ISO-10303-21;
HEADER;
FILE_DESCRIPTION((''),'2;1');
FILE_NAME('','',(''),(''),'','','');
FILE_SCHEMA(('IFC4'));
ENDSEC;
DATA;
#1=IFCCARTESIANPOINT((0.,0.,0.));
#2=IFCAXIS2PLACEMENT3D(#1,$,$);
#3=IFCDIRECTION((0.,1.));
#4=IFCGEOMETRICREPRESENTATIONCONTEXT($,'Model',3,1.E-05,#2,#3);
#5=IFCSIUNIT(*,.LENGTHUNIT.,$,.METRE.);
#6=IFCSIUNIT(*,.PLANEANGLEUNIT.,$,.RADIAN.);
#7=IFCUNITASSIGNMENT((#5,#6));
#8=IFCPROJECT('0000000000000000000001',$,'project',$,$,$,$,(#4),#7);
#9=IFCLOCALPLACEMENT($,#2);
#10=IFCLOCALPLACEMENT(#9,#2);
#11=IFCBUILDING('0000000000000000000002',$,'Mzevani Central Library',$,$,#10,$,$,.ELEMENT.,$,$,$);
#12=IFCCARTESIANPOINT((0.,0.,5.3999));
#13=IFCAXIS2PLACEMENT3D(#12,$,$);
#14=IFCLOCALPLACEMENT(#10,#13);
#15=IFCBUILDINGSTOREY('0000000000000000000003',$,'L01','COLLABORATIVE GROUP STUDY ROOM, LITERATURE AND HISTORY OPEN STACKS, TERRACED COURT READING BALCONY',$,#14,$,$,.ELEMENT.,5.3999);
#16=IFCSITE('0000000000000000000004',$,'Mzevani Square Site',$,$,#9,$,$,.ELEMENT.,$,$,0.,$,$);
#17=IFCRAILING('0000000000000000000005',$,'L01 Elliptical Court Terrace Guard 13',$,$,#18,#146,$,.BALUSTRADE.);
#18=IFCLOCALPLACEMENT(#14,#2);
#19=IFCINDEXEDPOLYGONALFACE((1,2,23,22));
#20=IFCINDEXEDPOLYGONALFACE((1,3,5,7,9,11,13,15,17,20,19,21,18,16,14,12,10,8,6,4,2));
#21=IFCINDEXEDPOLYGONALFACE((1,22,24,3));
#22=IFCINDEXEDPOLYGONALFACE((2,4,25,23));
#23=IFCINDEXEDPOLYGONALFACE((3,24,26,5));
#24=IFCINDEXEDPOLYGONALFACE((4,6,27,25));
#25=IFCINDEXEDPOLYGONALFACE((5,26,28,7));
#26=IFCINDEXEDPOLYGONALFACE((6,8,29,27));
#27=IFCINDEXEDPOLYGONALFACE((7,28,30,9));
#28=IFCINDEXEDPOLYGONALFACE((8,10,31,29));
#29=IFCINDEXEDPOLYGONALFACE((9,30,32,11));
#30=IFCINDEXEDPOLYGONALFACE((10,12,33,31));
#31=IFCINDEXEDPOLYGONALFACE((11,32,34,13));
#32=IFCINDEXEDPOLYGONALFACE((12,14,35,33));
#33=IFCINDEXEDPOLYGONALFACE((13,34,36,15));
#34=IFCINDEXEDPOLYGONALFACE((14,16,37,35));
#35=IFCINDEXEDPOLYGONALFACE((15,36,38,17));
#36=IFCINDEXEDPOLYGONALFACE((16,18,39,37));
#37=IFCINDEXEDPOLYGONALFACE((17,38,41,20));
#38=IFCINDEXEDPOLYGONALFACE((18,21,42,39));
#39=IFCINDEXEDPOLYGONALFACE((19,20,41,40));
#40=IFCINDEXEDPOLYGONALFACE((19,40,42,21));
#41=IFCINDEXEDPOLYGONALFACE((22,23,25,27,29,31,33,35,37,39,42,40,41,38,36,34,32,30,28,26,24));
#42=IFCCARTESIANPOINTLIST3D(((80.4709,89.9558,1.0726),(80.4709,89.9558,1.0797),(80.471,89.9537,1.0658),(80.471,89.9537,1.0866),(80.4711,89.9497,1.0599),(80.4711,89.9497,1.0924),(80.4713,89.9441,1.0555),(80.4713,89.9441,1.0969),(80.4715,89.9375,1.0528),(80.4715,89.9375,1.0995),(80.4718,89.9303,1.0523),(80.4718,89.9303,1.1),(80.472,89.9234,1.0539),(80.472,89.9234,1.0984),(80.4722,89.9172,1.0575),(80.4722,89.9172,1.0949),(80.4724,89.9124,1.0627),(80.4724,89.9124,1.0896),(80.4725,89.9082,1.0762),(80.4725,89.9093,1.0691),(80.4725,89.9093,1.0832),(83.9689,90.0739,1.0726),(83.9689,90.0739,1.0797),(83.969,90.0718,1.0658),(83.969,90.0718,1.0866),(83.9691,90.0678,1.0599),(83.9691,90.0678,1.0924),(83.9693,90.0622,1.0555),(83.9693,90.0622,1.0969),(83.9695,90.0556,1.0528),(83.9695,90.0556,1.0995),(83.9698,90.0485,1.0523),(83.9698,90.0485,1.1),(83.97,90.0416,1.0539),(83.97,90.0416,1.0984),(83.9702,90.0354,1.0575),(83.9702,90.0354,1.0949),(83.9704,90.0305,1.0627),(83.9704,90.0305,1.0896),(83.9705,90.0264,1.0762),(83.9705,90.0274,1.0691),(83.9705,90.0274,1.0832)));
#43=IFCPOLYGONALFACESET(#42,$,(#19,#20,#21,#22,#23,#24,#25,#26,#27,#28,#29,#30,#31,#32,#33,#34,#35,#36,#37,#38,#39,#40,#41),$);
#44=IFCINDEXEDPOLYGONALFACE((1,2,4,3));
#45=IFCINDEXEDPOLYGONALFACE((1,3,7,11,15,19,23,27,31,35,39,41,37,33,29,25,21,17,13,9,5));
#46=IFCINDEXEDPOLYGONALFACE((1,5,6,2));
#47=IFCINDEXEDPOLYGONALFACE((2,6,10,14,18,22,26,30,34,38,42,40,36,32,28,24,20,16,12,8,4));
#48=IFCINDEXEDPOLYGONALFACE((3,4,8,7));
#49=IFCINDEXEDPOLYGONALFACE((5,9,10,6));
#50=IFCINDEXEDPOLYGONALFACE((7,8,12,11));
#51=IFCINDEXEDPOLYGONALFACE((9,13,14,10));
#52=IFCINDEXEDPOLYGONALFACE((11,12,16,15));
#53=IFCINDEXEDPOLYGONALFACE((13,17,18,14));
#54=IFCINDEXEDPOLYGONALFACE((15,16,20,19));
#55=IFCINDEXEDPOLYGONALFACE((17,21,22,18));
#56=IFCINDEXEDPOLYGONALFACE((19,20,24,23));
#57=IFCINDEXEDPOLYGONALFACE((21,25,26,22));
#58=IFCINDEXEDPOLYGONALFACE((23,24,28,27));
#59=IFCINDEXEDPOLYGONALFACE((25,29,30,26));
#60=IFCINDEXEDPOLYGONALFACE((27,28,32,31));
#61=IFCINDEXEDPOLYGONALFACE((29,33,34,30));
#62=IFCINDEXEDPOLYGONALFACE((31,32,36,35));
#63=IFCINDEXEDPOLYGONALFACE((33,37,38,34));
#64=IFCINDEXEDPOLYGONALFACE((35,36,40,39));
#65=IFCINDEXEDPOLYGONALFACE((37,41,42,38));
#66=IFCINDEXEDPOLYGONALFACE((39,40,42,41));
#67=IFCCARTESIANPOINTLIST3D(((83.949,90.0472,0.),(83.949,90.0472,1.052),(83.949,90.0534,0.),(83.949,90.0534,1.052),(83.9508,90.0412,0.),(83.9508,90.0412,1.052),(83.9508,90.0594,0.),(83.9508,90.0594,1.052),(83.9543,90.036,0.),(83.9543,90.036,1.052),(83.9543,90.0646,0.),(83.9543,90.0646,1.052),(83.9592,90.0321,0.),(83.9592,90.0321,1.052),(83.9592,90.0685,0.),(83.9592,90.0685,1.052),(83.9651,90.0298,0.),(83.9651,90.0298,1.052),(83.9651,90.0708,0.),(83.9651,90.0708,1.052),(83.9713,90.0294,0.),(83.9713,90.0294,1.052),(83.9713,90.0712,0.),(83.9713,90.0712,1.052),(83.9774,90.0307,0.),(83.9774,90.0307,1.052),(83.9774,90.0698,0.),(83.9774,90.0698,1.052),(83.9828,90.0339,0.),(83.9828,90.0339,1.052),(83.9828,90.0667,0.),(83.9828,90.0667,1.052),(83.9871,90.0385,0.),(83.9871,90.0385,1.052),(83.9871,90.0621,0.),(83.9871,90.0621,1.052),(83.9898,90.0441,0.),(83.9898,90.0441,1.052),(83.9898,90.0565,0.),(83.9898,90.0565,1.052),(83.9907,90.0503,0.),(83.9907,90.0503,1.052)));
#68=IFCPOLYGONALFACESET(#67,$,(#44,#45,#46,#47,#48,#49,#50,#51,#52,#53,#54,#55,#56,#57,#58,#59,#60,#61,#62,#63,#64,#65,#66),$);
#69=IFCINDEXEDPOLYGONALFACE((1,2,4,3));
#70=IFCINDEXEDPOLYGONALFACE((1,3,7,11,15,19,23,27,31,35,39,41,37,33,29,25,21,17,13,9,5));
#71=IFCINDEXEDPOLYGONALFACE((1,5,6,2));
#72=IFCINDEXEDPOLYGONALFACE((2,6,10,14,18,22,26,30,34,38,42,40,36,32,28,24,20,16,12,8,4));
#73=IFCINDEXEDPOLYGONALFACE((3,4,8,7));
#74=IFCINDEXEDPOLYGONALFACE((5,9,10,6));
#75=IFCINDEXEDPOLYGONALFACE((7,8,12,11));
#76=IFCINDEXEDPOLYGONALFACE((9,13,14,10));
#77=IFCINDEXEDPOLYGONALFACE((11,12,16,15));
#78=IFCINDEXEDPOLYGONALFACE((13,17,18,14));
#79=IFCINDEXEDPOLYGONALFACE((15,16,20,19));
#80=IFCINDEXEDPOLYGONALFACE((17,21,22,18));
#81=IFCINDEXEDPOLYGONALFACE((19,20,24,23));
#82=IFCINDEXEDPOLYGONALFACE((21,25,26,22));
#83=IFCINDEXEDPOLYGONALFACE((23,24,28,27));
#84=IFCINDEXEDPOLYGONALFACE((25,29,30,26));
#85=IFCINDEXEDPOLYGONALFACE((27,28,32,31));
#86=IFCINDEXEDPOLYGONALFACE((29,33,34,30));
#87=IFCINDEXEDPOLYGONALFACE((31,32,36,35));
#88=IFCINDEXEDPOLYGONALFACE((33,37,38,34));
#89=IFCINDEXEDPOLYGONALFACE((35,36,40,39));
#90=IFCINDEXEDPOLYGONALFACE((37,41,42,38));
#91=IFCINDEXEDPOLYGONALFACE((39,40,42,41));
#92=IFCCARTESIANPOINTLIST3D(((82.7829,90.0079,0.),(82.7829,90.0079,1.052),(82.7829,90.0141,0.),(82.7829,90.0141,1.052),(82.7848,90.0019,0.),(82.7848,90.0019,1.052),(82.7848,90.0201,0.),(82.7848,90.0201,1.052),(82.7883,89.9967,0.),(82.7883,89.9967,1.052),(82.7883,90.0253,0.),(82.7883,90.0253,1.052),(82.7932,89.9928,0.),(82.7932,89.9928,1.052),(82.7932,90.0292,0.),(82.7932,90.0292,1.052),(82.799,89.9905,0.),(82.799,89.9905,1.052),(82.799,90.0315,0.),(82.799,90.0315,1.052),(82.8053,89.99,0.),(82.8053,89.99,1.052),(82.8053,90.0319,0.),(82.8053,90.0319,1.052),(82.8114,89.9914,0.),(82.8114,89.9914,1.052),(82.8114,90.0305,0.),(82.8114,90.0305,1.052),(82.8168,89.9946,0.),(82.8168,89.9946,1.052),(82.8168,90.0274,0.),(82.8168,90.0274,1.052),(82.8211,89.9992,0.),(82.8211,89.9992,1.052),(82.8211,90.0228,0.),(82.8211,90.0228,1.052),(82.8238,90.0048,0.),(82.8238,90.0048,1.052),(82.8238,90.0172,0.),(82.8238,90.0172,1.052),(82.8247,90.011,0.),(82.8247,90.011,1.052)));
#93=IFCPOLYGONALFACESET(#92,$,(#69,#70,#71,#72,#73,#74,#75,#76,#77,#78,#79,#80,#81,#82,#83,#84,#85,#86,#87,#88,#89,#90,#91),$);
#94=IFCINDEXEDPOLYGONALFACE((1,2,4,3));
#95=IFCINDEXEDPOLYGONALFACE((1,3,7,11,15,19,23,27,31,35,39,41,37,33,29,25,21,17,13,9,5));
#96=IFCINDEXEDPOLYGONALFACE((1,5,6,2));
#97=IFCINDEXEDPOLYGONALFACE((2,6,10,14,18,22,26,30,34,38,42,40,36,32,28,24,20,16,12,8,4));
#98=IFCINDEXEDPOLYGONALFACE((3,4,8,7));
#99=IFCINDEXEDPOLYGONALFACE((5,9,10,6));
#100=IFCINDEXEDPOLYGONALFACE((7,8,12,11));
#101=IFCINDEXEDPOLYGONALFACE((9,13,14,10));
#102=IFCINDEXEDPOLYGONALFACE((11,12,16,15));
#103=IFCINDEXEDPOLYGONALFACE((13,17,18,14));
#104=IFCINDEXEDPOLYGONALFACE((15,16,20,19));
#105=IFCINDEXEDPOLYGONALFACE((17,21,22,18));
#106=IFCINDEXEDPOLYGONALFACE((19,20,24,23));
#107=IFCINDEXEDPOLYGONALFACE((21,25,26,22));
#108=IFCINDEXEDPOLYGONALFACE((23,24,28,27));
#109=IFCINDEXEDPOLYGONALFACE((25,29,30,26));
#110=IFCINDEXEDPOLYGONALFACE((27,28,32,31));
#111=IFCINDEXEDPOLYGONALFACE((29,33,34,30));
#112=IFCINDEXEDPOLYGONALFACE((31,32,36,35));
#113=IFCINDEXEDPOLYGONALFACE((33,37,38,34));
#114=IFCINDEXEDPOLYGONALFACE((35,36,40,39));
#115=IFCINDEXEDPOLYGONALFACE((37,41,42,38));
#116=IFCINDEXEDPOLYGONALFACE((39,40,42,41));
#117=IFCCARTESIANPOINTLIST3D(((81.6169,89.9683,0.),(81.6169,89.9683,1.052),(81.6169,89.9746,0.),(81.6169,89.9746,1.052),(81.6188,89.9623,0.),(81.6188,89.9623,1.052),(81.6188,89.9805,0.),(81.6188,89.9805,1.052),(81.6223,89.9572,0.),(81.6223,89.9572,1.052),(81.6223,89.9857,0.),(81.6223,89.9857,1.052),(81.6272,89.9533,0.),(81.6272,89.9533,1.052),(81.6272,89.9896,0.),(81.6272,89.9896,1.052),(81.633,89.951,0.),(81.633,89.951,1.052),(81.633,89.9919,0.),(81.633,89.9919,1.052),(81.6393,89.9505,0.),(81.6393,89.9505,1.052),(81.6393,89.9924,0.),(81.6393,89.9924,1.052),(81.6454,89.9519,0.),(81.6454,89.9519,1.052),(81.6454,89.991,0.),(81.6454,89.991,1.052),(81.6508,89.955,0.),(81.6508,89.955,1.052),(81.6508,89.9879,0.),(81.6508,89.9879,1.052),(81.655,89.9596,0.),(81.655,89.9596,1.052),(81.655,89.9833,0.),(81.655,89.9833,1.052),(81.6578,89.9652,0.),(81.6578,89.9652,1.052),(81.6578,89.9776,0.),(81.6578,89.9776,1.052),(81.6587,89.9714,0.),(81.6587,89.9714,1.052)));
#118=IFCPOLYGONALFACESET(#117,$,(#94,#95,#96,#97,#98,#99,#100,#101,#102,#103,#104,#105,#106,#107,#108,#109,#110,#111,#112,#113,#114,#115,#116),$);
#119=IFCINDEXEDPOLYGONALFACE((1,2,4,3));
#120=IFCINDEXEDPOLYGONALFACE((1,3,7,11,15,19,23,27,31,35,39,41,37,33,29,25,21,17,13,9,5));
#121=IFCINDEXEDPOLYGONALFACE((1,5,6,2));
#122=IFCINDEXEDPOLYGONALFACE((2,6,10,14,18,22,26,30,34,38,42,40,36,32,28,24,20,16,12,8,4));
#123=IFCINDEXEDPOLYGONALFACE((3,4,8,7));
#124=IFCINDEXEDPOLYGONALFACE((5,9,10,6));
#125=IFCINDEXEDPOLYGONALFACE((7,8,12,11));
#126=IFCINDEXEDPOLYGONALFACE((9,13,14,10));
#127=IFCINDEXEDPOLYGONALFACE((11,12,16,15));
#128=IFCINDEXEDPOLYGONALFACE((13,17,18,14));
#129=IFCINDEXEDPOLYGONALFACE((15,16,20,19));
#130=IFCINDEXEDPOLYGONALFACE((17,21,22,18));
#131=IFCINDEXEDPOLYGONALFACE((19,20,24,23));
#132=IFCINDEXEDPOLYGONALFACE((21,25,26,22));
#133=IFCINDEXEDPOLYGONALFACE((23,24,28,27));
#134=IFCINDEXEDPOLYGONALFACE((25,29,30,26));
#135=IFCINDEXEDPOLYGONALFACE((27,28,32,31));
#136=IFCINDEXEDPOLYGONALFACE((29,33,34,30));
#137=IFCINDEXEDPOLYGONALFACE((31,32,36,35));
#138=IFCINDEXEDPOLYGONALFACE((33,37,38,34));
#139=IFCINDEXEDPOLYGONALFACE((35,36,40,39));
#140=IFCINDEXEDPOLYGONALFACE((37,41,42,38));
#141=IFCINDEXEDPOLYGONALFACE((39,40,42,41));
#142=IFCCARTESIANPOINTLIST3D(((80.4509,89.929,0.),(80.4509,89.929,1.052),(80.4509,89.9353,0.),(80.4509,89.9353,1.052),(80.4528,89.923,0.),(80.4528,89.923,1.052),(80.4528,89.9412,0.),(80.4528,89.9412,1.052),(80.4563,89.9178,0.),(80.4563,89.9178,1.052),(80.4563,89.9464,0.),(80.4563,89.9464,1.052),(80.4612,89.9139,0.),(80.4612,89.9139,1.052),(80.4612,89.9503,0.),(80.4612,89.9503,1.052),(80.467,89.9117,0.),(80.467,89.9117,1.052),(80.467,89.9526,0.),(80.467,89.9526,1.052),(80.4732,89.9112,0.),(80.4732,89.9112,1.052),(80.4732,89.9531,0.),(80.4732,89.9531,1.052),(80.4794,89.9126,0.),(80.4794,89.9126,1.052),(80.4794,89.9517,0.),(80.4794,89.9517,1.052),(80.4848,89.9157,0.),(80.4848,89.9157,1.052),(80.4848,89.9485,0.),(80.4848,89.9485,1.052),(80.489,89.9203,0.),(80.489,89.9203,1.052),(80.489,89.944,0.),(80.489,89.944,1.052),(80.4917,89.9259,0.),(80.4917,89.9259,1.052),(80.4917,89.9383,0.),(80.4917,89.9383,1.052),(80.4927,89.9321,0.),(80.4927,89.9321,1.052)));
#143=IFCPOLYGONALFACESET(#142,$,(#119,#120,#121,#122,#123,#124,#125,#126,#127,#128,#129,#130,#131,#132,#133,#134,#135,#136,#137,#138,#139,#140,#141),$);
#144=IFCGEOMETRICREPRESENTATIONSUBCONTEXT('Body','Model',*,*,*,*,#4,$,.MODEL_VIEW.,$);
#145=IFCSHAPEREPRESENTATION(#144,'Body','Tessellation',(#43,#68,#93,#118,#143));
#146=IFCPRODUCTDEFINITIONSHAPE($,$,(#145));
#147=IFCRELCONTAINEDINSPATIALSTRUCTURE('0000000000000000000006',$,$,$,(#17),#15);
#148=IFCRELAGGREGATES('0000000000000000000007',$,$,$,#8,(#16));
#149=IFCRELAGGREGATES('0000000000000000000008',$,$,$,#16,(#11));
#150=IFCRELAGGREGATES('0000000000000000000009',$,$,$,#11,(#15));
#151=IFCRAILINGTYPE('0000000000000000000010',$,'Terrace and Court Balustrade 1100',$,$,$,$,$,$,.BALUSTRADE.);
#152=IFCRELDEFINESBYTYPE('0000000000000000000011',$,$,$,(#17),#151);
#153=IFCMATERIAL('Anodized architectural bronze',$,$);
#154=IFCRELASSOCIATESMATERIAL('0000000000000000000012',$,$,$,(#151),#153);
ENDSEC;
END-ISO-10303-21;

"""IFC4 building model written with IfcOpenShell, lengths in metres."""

from ifc_helpers import new_model, si_unit, direction, frame, origin, origin_2d, place, context, subcontext, project, spatial, circle, extrude, material, type_object, element, save


model = new_model("IFC4")

# Units and contexts
model_context = context("Model", 3, precision=1e-05, world=origin(), true_north=direction((0.0, 1.0)))
body_context = subcontext(model_context, "Body", "Model", "MODEL_VIEW")
ifc_project = project(units=[si_unit("LENGTHUNIT", "METRE"), si_unit("PLANEANGLEUNIT", "RADIAN")], contexts=[model_context])

# Site, building, storey
site_placement = place(None, origin())
site = spatial("IfcSite", under=ifc_project, at=site_placement, Name="Mzevani Square Site", CompositionType="ELEMENT", RefElevation=0.0)
building_placement = place(site_placement, origin())
building = spatial("IfcBuilding", under=site, at=building_placement, Name="Mzevani Central Library", CompositionType="ELEMENT")
storey_placement = place(building_placement, frame((0.0, 0.0, 5.3999)))
storey = spatial("IfcBuildingStorey", under=building, at=storey_placement, Name="L01", Description="COLLABORATIVE GROUP STUDY ROOM, LITERATURE AND HISTORY OPEN STACKS, TERRACED COURT READING BALCONY", CompositionType="ELEMENT", Elevation=5.3999)

# Railing
ifc_material_1 = material(Name="Anodized architectural bronze")
railing_type = type_object("IfcRailingType", Name="Terrace and Court Balustrade 1100", PredefinedType="BALUSTRADE", material=ifc_material_1)
railing_1_placement = place(storey_placement, frame((83.9697, 90.0503, 0.0)))
element("IfcRailing", 1, at=railing_1_placement, inside=storey, type_object=railing_type, Name="L01 Elliptical Court Terrace Guard 13", PredefinedType="BALUSTRADE", context=body_context, shape_type="SweptSolid", body=[
    extrude(circle(Radius=0.0239, at=origin_2d()), frame((0.0, 0.0, 1.0762), z_axis=(-0.99943, -0.033761, 0.0), x_axis=(0.033761, -0.99943, 0.0)), (0.0, 0.0, 1.0), 3.5),
    extrude(circle(Radius=0.021, at=origin_2d()), origin(), (0.0, 0.0, 1.0), 1.052),
    extrude(circle(Radius=0.021, at=origin_2d()), frame((-1.166, -0.0393, 0.0)), (0.0, 0.0, 1.0), 1.052),
    extrude(circle(Radius=0.021, at=origin_2d()), frame((-2.332, -0.0789, 0.0)), (0.0, 0.0, 1.0), 1.052),
    extrude(circle(Radius=0.021, at=origin_2d()), frame((-3.498, -0.1182, 0.0)), (0.0, 0.0, 1.0), 1.052),
])

save(model, "model.ifc")
